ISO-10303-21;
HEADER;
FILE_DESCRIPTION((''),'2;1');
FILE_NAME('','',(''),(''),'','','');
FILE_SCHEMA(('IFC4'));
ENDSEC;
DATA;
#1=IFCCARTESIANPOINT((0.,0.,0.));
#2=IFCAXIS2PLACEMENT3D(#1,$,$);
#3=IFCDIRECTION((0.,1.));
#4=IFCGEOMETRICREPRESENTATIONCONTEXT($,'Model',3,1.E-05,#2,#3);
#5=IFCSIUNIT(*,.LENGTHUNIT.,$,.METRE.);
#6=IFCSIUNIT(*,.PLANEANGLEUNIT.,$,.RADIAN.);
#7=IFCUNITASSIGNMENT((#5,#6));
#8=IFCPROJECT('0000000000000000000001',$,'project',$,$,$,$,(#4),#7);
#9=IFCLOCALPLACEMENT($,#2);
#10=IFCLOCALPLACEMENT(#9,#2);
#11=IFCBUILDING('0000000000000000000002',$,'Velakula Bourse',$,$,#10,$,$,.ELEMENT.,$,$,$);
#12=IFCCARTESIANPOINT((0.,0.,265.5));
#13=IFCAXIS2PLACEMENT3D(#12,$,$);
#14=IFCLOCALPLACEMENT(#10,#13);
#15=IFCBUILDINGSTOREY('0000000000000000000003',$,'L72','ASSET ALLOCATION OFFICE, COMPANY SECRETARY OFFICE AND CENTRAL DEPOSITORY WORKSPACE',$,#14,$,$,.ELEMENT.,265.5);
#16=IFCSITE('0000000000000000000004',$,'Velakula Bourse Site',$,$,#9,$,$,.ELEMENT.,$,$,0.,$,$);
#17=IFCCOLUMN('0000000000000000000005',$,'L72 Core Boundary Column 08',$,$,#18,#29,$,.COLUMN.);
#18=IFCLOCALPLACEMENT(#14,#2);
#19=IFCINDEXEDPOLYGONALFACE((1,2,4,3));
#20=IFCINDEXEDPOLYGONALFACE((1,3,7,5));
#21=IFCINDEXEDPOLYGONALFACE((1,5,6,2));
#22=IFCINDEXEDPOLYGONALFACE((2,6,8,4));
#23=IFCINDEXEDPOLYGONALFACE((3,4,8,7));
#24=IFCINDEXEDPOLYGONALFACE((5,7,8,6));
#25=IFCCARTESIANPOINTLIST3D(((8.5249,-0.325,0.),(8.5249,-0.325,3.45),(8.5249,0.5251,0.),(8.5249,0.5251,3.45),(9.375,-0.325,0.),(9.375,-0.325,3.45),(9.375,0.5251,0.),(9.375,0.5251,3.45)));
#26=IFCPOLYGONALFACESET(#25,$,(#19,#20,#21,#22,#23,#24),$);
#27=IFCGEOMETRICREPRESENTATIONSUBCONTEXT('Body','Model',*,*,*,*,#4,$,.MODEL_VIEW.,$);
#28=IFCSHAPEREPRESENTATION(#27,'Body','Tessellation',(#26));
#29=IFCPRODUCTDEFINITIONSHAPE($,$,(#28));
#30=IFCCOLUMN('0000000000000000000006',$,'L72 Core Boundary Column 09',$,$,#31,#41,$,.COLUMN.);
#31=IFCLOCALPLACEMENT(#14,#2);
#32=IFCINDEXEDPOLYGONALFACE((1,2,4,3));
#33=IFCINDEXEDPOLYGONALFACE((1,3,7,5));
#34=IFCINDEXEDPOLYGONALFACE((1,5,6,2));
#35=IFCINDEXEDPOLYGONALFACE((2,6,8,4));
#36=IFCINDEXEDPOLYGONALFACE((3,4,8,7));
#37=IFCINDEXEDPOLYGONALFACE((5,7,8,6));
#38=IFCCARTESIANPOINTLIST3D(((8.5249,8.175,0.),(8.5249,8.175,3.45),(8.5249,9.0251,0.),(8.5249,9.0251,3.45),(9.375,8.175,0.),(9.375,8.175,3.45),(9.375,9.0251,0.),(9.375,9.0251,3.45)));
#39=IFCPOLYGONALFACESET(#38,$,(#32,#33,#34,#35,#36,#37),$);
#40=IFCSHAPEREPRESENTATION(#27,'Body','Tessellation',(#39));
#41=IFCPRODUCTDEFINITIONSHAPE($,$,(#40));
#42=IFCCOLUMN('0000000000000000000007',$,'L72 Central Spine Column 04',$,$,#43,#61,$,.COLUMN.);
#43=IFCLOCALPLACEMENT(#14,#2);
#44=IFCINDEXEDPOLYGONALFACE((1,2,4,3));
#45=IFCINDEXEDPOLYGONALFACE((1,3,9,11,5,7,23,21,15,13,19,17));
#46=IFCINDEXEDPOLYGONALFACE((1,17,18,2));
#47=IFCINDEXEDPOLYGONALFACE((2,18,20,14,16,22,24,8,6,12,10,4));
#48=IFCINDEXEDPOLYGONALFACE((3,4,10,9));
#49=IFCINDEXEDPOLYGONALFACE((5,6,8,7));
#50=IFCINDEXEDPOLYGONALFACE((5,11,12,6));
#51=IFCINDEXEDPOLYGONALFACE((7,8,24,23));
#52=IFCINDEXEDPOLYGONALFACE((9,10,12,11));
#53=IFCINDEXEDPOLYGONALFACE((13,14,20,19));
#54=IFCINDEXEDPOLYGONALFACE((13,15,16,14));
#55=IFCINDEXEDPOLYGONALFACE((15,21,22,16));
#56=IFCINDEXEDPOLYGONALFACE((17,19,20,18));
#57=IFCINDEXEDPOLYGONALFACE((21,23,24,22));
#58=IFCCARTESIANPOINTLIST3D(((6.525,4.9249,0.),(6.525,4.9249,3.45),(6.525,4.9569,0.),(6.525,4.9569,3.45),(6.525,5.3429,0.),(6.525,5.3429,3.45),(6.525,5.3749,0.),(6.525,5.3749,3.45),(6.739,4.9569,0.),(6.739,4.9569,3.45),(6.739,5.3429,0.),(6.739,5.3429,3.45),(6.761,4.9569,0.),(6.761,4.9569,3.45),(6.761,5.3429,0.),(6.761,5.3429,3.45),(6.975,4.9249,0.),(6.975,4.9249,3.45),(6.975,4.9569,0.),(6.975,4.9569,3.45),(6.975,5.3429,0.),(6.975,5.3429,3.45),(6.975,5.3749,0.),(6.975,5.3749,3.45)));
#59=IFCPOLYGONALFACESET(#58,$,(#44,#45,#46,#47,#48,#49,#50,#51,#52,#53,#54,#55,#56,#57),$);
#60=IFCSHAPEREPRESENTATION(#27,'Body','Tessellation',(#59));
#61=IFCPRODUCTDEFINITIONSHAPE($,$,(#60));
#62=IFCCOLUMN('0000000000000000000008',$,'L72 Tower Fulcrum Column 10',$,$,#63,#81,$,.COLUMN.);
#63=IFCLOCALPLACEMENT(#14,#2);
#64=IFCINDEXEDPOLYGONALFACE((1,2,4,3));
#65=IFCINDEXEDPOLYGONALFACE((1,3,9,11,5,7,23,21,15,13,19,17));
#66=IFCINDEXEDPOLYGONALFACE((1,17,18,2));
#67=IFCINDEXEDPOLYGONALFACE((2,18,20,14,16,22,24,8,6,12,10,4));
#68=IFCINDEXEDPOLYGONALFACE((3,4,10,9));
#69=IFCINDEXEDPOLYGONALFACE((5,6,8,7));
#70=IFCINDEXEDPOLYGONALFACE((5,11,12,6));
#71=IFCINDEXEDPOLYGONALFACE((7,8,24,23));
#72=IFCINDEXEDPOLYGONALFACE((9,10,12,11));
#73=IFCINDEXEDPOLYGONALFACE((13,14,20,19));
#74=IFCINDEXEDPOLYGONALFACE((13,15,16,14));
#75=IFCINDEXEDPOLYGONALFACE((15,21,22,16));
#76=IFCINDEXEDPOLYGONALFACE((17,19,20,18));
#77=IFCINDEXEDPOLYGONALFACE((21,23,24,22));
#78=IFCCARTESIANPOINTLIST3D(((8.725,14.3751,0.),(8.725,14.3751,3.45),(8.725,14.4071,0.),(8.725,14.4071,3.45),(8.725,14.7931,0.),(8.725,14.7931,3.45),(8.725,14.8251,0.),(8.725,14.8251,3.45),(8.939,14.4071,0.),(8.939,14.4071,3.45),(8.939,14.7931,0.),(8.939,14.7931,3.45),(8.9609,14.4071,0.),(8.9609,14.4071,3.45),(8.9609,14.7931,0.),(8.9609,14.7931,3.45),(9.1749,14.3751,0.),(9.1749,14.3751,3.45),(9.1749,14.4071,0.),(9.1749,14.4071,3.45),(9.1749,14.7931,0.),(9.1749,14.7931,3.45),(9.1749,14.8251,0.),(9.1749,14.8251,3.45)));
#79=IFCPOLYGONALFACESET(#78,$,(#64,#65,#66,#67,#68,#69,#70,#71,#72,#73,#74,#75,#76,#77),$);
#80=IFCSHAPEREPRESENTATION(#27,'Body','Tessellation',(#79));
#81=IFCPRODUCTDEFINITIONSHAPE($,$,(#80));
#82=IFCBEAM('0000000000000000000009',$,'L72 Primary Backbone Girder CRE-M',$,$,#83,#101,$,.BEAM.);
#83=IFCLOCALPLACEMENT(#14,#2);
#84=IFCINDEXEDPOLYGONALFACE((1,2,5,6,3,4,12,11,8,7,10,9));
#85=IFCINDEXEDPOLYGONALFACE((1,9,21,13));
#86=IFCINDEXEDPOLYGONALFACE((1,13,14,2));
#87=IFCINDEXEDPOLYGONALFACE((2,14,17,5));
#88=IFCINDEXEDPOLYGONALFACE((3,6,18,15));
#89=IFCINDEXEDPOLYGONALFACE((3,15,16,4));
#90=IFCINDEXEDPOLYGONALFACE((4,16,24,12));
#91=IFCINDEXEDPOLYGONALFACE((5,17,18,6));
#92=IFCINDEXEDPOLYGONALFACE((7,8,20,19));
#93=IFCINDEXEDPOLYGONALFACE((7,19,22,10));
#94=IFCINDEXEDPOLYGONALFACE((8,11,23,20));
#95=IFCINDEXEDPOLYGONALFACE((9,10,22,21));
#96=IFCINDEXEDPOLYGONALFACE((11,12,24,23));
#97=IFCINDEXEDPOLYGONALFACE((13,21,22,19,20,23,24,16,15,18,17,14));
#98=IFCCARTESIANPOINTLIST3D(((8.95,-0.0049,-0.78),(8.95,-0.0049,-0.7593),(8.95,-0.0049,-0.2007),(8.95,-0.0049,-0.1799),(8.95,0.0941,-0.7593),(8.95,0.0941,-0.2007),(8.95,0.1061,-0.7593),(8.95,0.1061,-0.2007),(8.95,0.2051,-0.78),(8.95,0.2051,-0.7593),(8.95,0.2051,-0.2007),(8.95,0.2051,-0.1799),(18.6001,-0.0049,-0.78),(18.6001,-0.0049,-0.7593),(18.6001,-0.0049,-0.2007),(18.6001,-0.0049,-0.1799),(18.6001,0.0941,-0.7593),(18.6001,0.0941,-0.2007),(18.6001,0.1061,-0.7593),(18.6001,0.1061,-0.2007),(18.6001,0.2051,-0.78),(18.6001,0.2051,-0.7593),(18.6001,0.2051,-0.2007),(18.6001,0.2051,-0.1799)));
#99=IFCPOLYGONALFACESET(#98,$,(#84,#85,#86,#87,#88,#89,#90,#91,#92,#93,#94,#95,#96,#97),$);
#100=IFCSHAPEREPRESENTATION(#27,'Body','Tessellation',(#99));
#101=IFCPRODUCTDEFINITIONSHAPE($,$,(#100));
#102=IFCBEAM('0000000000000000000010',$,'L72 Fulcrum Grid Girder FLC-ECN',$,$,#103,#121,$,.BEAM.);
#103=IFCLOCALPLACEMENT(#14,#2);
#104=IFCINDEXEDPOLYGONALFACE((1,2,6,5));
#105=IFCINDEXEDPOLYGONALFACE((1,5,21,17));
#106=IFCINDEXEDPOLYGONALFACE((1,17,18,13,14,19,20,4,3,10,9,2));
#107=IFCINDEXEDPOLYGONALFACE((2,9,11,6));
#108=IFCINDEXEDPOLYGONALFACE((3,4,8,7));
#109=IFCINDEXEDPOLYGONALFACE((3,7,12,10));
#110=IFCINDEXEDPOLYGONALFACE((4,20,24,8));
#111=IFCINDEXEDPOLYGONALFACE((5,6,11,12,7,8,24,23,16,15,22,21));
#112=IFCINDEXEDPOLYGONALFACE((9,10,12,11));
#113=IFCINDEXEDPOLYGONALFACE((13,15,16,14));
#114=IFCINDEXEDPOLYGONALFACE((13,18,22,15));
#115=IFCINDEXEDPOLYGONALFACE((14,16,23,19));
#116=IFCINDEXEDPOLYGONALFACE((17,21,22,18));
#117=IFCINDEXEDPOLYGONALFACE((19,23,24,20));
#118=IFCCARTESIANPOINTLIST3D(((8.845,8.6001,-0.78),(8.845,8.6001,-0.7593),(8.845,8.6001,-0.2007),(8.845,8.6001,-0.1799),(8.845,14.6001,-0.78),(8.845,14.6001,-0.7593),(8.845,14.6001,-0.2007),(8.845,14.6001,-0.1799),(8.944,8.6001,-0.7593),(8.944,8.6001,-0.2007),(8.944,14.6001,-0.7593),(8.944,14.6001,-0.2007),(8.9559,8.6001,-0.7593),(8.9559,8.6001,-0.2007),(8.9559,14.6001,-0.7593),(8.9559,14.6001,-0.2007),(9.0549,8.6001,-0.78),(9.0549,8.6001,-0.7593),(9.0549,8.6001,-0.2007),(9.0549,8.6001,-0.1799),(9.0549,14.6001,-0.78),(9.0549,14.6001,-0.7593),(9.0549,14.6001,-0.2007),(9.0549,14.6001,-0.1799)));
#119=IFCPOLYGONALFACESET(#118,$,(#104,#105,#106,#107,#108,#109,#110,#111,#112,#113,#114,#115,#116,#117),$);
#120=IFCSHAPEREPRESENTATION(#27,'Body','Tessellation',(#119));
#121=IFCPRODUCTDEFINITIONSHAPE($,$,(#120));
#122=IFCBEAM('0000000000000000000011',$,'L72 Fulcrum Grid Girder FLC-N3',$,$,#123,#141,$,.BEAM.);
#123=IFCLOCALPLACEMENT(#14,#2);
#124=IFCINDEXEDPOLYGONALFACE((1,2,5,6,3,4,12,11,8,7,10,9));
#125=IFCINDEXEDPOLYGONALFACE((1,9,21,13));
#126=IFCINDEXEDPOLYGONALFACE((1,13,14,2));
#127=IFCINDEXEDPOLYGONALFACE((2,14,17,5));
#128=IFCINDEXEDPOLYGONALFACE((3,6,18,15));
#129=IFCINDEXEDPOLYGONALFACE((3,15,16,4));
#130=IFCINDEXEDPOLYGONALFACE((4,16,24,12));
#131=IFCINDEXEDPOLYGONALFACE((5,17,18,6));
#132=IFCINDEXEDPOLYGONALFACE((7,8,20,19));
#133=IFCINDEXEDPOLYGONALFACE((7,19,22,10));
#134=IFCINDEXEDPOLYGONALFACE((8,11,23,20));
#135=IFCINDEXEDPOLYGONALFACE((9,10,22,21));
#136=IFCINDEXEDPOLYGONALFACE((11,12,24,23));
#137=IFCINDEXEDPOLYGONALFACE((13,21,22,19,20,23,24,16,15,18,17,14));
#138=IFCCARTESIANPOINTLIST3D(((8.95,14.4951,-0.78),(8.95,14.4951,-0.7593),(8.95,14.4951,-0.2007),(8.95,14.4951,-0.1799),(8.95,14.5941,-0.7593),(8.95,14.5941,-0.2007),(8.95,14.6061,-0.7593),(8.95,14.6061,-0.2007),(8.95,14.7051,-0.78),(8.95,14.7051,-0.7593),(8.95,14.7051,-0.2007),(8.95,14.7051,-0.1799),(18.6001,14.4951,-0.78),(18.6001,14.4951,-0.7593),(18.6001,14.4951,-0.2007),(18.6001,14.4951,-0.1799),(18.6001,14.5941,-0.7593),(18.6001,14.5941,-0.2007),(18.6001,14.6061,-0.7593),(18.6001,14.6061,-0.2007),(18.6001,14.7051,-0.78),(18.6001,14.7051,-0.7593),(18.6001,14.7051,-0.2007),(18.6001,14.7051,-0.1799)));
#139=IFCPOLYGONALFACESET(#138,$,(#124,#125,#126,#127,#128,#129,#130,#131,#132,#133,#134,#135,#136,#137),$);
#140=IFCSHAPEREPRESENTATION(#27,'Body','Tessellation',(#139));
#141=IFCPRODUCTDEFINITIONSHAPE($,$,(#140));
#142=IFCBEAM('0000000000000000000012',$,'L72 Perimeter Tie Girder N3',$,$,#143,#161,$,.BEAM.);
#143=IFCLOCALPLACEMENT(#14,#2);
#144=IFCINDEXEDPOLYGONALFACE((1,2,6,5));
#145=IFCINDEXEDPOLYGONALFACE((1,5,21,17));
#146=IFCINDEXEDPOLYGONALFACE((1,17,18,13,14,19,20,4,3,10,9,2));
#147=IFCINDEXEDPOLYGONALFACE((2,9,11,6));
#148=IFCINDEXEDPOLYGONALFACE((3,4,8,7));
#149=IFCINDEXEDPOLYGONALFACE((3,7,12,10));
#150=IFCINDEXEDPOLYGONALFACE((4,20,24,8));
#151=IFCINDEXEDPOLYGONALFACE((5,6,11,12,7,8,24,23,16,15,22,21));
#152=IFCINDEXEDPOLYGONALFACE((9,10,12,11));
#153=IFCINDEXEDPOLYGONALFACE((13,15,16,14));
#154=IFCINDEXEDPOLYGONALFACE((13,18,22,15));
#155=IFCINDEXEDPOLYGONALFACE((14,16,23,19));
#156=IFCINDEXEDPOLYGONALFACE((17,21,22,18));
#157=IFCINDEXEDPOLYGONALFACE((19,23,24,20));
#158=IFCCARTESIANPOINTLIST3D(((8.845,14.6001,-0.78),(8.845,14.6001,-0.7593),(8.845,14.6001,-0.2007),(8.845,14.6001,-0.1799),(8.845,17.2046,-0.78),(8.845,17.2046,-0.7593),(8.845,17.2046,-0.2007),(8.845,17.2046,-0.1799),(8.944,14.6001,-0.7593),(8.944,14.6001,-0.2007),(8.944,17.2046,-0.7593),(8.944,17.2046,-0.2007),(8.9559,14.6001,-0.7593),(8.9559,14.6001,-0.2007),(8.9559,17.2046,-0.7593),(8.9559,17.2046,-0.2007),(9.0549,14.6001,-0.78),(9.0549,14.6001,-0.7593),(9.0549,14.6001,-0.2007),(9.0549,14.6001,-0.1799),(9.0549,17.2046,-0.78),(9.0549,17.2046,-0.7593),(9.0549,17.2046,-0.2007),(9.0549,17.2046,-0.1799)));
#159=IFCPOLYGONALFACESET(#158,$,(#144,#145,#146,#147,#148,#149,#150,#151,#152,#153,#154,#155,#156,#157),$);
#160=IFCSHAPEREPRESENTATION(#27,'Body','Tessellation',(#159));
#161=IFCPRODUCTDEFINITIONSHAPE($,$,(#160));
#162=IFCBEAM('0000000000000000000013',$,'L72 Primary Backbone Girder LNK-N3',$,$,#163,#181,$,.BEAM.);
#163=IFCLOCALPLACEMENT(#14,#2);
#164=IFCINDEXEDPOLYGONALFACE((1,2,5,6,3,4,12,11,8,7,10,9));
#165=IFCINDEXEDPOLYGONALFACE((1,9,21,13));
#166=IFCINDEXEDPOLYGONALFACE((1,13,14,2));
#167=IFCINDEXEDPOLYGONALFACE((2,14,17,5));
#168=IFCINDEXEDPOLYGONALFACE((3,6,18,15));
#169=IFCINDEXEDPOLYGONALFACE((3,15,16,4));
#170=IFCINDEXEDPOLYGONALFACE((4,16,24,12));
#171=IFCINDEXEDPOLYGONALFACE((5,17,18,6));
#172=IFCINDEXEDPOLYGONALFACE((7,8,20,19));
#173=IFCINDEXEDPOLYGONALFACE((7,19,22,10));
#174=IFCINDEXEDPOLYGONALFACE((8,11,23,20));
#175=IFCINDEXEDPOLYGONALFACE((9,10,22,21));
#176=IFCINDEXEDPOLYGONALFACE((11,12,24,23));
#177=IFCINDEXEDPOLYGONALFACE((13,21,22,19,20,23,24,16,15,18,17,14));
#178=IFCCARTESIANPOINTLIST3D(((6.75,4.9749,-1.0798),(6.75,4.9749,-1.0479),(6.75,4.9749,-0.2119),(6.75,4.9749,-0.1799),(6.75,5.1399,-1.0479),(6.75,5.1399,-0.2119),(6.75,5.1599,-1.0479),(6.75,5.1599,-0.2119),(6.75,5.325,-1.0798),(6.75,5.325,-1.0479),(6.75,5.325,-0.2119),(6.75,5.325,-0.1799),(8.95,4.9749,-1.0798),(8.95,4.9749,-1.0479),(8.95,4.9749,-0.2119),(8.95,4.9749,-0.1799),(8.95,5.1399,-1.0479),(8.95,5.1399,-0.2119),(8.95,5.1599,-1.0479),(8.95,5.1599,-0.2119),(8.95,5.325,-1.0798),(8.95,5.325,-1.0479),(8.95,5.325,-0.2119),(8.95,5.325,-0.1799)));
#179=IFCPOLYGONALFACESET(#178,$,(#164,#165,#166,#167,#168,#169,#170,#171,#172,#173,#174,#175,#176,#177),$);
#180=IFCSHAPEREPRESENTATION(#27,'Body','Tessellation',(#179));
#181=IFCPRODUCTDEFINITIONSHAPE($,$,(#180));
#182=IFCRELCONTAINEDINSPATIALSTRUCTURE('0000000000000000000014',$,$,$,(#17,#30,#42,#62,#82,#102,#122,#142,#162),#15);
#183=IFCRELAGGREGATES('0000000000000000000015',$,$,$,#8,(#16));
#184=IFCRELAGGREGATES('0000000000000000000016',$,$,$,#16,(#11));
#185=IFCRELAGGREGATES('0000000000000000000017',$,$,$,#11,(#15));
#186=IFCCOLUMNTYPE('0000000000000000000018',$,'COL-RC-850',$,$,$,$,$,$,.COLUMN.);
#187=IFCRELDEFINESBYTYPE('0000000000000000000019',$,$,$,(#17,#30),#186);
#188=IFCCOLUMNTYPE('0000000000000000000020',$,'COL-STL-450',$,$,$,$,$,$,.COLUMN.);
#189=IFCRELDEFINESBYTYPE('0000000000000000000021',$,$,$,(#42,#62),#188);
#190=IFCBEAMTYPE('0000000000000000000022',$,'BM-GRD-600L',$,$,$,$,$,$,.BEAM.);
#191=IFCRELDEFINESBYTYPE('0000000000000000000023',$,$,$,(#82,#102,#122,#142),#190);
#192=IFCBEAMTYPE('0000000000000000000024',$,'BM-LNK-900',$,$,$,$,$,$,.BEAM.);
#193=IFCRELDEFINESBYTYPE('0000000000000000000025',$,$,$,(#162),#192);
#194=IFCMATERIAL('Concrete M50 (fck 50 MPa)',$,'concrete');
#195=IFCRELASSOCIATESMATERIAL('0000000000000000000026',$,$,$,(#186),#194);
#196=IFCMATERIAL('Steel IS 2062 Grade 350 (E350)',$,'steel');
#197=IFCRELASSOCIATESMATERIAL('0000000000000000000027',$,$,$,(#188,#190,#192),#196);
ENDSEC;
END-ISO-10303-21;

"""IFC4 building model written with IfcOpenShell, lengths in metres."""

from ifc_helpers import new_model, si_unit, direction, frame, origin, origin_2d, place, context, subcontext, project, spatial, rectangle, i_section, extrude, material, material_profile, profile_set, type_object, element, save


model = new_model("IFC4")

# Units and contexts
model_context = context("Model", 3, precision=1e-05, world=origin(), true_north=direction((0.0, 1.0)))
body_context = subcontext(model_context, "Body", "Model", "MODEL_VIEW")
ifc_project = project(units=[si_unit("LENGTHUNIT", "METRE"), si_unit("PLANEANGLEUNIT", "RADIAN")], contexts=[model_context])

# Site, building, storey
site_placement = place(None, origin())
site = spatial("IfcSite", under=ifc_project, at=site_placement, Name="Velakula Bourse Site", CompositionType="ELEMENT", RefElevation=0.0)
building_placement = place(site_placement, origin())
building = spatial("IfcBuilding", under=site, at=building_placement, Name="Velakula Bourse", CompositionType="ELEMENT")
storey_placement = place(building_placement, frame((0.0, 0.0, 265.5)))
storey = spatial("IfcBuildingStorey", under=building, at=storey_placement, Name="L72", Description="ASSET ALLOCATION OFFICE, COMPANY SECRETARY OFFICE AND CENTRAL DEPOSITORY WORKSPACE", CompositionType="ELEMENT", Elevation=265.5)

# Columns
ifc_material_1 = material(Name="Concrete M50 (fck 50 MPa)", Category="concrete")
ifc_material_profile_1 = material_profile(ifc_material_1, rectangle(XDim=0.8501, YDim=0.8501, at=origin_2d()), Name="Concrete M50 (fck 50 MPa)")
ifc_profile_set_1 = profile_set([ifc_material_profile_1], Name="Concrete M50 (fck 50 MPa)")
column_type_1 = type_object("IfcColumnType", Name="COL-RC-850", PredefinedType="COLUMN", material=ifc_profile_set_1)
for number, where, z_axis, x_axis, name in (
    (1, (8.95, 0.1001, 0.0), (0.0, 0.0, 1.0), (1.0, 0.0, 0.0), "L72 Core Boundary Column 08"),
    (2, (8.95, 8.6001, 0.0), (0.0, 0.0, 1.0), (1.0, 0.0, 0.0), "L72 Core Boundary Column 09"),
):
    element("IfcColumn", number, at=place(storey_placement, frame(where, z_axis=z_axis, x_axis=x_axis)), inside=storey, type_object=column_type_1, Name=name, PredefinedType="COLUMN", context=body_context, shape_type="SweptSolid", body=[
        extrude(rectangle(XDim=0.8501, YDim=0.8501, at=origin_2d()), origin(), (0.0, 0.0, 1.0), 3.45),
    ])
ifc_material_2 = material(Name="Steel IS 2062 Grade 350 (E350)", Category="steel")
ifc_material_profile_2 = material_profile(ifc_material_2, i_section(OverallWidth=0.45, OverallDepth=0.45, WebThickness=0.022, FlangeThickness=0.032, at=origin_2d()), Name="Steel IS 2062 Grade 350 (E350)")
ifc_profile_set_2 = profile_set([ifc_material_profile_2], Name="Steel IS 2062 Grade 350 (E350)")
column_type_2 = type_object("IfcColumnType", Name="COL-STL-450", PredefinedType="COLUMN", material=ifc_profile_set_2)
for number, where, z_axis, x_axis, name in (
    (3, (6.75, 5.1499, 0.0), (0.0, 0.0, 1.0), (1.0, 0.0, 0.0), "L72 Central Spine Column 04"),
    (4, (8.95, 14.6001, 0.0), (0.0, 0.0, 1.0), (1.0, 0.0, 0.0), "L72 Tower Fulcrum Column 10"),
):
    element("IfcColumn", number, at=place(storey_placement, frame(where, z_axis=z_axis, x_axis=x_axis)), inside=storey, type_object=column_type_2, Name=name, PredefinedType="COLUMN", context=body_context, shape_type="SweptSolid", body=[
        extrude(i_section(OverallWidth=0.45, OverallDepth=0.45, WebThickness=0.022, FlangeThickness=0.032, at=origin_2d()), origin(), (0.0, 0.0, 1.0), 3.45),
    ])

# Beams
ifc_material_profile_3 = material_profile(ifc_material_2, i_section(OverallWidth=0.21, OverallDepth=0.6001, WebThickness=0.012, FlangeThickness=0.0208, at=origin_2d()), Name="Steel IS 2062 Grade 350 (E350)")
ifc_profile_set_3 = profile_set([ifc_material_profile_3], Name="Steel IS 2062 Grade 350 (E350)")
beam_type_1 = type_object("IfcBeamType", Name="BM-GRD-600L", PredefinedType="BEAM", material=ifc_profile_set_3)
beam_1_placement = place(storey_placement, frame((8.95, 0.1001, -0.48), z_axis=(1.0, 0.0, 0.0), x_axis=(0.0, 1.0, 0.0)))
element("IfcBeam", 5, at=beam_1_placement, inside=storey, type_object=beam_type_1, Name="L72 Primary Backbone Girder CRE-M", PredefinedType="BEAM", context=body_context, shape_type="SweptSolid", body=[
    extrude(i_section(OverallWidth=0.21, OverallDepth=0.6001, WebThickness=0.012, FlangeThickness=0.0208, at=origin_2d()), origin(), (0.0, 0.0, 1.0), 9.6501),
])
beam_2_placement = place(storey_placement, frame((8.95, 8.6001, -0.48), z_axis=(0.0, 1.0, 0.0), x_axis=(-1.0, 0.0, 0.0)))
element("IfcBeam", 6, at=beam_2_placement, inside=storey, type_object=beam_type_1, Name="L72 Fulcrum Grid Girder FLC-ECN", PredefinedType="BEAM", context=body_context, shape_type="SweptSolid", body=[
    extrude(i_section(OverallWidth=0.21, OverallDepth=0.6001, WebThickness=0.012, FlangeThickness=0.0208, at=origin_2d()), origin(), (0.0, 0.0, 1.0), 6.0),
])
beam_3_placement = place(storey_placement, frame((8.95, 14.6001, -0.48), z_axis=(1.0, 0.0, 0.0), x_axis=(0.0, 1.0, 0.0)))
element("IfcBeam", 7, at=beam_3_placement, inside=storey, type_object=beam_type_1, Name="L72 Fulcrum Grid Girder FLC-N3", PredefinedType="BEAM", context=body_context, shape_type="SweptSolid", body=[
    extrude(i_section(OverallWidth=0.21, OverallDepth=0.6001, WebThickness=0.012, FlangeThickness=0.0208, at=origin_2d()), origin(), (0.0, 0.0, 1.0), 9.6501),
])
beam_4_placement = place(storey_placement, frame((8.95, 14.6001, -0.48), z_axis=(0.0, 1.0, 0.0), x_axis=(-1.0, 0.0, 0.0)))
element("IfcBeam", 8, at=beam_4_placement, inside=storey, type_object=beam_type_1, Name="L72 Perimeter Tie Girder N3", PredefinedType="BEAM", context=body_context, shape_type="SweptSolid", body=[
    extrude(i_section(OverallWidth=0.21, OverallDepth=0.6001, WebThickness=0.012, FlangeThickness=0.0208, at=origin_2d()), origin(), (0.0, 0.0, 1.0), 2.6045),
])
ifc_material_profile_4 = material_profile(ifc_material_2, i_section(OverallWidth=0.3501, OverallDepth=0.8999, WebThickness=0.02, FlangeThickness=0.032, at=origin_2d()), Name="Steel IS 2062 Grade 350 (E350)")
ifc_profile_set_4 = profile_set([ifc_material_profile_4], Name="Steel IS 2062 Grade 350 (E350)")
beam_type_2 = type_object("IfcBeamType", Name="BM-LNK-900", PredefinedType="BEAM", material=ifc_profile_set_4)
beam_5_placement = place(storey_placement, frame((6.75, 5.1499, -0.6299), z_axis=(1.0, 0.0, 0.0), x_axis=(0.0, 1.0, 0.0)))
element("IfcBeam", 9, at=beam_5_placement, inside=storey, type_object=beam_type_2, Name="L72 Primary Backbone Girder LNK-N3", PredefinedType="BEAM", context=body_context, shape_type="SweptSolid", body=[
    extrude(i_section(OverallWidth=0.3501, OverallDepth=0.8999, WebThickness=0.02, FlangeThickness=0.032, at=origin_2d()), origin(), (0.0, 0.0, 1.0), 2.2),
])

save(model, "model.ifc")
